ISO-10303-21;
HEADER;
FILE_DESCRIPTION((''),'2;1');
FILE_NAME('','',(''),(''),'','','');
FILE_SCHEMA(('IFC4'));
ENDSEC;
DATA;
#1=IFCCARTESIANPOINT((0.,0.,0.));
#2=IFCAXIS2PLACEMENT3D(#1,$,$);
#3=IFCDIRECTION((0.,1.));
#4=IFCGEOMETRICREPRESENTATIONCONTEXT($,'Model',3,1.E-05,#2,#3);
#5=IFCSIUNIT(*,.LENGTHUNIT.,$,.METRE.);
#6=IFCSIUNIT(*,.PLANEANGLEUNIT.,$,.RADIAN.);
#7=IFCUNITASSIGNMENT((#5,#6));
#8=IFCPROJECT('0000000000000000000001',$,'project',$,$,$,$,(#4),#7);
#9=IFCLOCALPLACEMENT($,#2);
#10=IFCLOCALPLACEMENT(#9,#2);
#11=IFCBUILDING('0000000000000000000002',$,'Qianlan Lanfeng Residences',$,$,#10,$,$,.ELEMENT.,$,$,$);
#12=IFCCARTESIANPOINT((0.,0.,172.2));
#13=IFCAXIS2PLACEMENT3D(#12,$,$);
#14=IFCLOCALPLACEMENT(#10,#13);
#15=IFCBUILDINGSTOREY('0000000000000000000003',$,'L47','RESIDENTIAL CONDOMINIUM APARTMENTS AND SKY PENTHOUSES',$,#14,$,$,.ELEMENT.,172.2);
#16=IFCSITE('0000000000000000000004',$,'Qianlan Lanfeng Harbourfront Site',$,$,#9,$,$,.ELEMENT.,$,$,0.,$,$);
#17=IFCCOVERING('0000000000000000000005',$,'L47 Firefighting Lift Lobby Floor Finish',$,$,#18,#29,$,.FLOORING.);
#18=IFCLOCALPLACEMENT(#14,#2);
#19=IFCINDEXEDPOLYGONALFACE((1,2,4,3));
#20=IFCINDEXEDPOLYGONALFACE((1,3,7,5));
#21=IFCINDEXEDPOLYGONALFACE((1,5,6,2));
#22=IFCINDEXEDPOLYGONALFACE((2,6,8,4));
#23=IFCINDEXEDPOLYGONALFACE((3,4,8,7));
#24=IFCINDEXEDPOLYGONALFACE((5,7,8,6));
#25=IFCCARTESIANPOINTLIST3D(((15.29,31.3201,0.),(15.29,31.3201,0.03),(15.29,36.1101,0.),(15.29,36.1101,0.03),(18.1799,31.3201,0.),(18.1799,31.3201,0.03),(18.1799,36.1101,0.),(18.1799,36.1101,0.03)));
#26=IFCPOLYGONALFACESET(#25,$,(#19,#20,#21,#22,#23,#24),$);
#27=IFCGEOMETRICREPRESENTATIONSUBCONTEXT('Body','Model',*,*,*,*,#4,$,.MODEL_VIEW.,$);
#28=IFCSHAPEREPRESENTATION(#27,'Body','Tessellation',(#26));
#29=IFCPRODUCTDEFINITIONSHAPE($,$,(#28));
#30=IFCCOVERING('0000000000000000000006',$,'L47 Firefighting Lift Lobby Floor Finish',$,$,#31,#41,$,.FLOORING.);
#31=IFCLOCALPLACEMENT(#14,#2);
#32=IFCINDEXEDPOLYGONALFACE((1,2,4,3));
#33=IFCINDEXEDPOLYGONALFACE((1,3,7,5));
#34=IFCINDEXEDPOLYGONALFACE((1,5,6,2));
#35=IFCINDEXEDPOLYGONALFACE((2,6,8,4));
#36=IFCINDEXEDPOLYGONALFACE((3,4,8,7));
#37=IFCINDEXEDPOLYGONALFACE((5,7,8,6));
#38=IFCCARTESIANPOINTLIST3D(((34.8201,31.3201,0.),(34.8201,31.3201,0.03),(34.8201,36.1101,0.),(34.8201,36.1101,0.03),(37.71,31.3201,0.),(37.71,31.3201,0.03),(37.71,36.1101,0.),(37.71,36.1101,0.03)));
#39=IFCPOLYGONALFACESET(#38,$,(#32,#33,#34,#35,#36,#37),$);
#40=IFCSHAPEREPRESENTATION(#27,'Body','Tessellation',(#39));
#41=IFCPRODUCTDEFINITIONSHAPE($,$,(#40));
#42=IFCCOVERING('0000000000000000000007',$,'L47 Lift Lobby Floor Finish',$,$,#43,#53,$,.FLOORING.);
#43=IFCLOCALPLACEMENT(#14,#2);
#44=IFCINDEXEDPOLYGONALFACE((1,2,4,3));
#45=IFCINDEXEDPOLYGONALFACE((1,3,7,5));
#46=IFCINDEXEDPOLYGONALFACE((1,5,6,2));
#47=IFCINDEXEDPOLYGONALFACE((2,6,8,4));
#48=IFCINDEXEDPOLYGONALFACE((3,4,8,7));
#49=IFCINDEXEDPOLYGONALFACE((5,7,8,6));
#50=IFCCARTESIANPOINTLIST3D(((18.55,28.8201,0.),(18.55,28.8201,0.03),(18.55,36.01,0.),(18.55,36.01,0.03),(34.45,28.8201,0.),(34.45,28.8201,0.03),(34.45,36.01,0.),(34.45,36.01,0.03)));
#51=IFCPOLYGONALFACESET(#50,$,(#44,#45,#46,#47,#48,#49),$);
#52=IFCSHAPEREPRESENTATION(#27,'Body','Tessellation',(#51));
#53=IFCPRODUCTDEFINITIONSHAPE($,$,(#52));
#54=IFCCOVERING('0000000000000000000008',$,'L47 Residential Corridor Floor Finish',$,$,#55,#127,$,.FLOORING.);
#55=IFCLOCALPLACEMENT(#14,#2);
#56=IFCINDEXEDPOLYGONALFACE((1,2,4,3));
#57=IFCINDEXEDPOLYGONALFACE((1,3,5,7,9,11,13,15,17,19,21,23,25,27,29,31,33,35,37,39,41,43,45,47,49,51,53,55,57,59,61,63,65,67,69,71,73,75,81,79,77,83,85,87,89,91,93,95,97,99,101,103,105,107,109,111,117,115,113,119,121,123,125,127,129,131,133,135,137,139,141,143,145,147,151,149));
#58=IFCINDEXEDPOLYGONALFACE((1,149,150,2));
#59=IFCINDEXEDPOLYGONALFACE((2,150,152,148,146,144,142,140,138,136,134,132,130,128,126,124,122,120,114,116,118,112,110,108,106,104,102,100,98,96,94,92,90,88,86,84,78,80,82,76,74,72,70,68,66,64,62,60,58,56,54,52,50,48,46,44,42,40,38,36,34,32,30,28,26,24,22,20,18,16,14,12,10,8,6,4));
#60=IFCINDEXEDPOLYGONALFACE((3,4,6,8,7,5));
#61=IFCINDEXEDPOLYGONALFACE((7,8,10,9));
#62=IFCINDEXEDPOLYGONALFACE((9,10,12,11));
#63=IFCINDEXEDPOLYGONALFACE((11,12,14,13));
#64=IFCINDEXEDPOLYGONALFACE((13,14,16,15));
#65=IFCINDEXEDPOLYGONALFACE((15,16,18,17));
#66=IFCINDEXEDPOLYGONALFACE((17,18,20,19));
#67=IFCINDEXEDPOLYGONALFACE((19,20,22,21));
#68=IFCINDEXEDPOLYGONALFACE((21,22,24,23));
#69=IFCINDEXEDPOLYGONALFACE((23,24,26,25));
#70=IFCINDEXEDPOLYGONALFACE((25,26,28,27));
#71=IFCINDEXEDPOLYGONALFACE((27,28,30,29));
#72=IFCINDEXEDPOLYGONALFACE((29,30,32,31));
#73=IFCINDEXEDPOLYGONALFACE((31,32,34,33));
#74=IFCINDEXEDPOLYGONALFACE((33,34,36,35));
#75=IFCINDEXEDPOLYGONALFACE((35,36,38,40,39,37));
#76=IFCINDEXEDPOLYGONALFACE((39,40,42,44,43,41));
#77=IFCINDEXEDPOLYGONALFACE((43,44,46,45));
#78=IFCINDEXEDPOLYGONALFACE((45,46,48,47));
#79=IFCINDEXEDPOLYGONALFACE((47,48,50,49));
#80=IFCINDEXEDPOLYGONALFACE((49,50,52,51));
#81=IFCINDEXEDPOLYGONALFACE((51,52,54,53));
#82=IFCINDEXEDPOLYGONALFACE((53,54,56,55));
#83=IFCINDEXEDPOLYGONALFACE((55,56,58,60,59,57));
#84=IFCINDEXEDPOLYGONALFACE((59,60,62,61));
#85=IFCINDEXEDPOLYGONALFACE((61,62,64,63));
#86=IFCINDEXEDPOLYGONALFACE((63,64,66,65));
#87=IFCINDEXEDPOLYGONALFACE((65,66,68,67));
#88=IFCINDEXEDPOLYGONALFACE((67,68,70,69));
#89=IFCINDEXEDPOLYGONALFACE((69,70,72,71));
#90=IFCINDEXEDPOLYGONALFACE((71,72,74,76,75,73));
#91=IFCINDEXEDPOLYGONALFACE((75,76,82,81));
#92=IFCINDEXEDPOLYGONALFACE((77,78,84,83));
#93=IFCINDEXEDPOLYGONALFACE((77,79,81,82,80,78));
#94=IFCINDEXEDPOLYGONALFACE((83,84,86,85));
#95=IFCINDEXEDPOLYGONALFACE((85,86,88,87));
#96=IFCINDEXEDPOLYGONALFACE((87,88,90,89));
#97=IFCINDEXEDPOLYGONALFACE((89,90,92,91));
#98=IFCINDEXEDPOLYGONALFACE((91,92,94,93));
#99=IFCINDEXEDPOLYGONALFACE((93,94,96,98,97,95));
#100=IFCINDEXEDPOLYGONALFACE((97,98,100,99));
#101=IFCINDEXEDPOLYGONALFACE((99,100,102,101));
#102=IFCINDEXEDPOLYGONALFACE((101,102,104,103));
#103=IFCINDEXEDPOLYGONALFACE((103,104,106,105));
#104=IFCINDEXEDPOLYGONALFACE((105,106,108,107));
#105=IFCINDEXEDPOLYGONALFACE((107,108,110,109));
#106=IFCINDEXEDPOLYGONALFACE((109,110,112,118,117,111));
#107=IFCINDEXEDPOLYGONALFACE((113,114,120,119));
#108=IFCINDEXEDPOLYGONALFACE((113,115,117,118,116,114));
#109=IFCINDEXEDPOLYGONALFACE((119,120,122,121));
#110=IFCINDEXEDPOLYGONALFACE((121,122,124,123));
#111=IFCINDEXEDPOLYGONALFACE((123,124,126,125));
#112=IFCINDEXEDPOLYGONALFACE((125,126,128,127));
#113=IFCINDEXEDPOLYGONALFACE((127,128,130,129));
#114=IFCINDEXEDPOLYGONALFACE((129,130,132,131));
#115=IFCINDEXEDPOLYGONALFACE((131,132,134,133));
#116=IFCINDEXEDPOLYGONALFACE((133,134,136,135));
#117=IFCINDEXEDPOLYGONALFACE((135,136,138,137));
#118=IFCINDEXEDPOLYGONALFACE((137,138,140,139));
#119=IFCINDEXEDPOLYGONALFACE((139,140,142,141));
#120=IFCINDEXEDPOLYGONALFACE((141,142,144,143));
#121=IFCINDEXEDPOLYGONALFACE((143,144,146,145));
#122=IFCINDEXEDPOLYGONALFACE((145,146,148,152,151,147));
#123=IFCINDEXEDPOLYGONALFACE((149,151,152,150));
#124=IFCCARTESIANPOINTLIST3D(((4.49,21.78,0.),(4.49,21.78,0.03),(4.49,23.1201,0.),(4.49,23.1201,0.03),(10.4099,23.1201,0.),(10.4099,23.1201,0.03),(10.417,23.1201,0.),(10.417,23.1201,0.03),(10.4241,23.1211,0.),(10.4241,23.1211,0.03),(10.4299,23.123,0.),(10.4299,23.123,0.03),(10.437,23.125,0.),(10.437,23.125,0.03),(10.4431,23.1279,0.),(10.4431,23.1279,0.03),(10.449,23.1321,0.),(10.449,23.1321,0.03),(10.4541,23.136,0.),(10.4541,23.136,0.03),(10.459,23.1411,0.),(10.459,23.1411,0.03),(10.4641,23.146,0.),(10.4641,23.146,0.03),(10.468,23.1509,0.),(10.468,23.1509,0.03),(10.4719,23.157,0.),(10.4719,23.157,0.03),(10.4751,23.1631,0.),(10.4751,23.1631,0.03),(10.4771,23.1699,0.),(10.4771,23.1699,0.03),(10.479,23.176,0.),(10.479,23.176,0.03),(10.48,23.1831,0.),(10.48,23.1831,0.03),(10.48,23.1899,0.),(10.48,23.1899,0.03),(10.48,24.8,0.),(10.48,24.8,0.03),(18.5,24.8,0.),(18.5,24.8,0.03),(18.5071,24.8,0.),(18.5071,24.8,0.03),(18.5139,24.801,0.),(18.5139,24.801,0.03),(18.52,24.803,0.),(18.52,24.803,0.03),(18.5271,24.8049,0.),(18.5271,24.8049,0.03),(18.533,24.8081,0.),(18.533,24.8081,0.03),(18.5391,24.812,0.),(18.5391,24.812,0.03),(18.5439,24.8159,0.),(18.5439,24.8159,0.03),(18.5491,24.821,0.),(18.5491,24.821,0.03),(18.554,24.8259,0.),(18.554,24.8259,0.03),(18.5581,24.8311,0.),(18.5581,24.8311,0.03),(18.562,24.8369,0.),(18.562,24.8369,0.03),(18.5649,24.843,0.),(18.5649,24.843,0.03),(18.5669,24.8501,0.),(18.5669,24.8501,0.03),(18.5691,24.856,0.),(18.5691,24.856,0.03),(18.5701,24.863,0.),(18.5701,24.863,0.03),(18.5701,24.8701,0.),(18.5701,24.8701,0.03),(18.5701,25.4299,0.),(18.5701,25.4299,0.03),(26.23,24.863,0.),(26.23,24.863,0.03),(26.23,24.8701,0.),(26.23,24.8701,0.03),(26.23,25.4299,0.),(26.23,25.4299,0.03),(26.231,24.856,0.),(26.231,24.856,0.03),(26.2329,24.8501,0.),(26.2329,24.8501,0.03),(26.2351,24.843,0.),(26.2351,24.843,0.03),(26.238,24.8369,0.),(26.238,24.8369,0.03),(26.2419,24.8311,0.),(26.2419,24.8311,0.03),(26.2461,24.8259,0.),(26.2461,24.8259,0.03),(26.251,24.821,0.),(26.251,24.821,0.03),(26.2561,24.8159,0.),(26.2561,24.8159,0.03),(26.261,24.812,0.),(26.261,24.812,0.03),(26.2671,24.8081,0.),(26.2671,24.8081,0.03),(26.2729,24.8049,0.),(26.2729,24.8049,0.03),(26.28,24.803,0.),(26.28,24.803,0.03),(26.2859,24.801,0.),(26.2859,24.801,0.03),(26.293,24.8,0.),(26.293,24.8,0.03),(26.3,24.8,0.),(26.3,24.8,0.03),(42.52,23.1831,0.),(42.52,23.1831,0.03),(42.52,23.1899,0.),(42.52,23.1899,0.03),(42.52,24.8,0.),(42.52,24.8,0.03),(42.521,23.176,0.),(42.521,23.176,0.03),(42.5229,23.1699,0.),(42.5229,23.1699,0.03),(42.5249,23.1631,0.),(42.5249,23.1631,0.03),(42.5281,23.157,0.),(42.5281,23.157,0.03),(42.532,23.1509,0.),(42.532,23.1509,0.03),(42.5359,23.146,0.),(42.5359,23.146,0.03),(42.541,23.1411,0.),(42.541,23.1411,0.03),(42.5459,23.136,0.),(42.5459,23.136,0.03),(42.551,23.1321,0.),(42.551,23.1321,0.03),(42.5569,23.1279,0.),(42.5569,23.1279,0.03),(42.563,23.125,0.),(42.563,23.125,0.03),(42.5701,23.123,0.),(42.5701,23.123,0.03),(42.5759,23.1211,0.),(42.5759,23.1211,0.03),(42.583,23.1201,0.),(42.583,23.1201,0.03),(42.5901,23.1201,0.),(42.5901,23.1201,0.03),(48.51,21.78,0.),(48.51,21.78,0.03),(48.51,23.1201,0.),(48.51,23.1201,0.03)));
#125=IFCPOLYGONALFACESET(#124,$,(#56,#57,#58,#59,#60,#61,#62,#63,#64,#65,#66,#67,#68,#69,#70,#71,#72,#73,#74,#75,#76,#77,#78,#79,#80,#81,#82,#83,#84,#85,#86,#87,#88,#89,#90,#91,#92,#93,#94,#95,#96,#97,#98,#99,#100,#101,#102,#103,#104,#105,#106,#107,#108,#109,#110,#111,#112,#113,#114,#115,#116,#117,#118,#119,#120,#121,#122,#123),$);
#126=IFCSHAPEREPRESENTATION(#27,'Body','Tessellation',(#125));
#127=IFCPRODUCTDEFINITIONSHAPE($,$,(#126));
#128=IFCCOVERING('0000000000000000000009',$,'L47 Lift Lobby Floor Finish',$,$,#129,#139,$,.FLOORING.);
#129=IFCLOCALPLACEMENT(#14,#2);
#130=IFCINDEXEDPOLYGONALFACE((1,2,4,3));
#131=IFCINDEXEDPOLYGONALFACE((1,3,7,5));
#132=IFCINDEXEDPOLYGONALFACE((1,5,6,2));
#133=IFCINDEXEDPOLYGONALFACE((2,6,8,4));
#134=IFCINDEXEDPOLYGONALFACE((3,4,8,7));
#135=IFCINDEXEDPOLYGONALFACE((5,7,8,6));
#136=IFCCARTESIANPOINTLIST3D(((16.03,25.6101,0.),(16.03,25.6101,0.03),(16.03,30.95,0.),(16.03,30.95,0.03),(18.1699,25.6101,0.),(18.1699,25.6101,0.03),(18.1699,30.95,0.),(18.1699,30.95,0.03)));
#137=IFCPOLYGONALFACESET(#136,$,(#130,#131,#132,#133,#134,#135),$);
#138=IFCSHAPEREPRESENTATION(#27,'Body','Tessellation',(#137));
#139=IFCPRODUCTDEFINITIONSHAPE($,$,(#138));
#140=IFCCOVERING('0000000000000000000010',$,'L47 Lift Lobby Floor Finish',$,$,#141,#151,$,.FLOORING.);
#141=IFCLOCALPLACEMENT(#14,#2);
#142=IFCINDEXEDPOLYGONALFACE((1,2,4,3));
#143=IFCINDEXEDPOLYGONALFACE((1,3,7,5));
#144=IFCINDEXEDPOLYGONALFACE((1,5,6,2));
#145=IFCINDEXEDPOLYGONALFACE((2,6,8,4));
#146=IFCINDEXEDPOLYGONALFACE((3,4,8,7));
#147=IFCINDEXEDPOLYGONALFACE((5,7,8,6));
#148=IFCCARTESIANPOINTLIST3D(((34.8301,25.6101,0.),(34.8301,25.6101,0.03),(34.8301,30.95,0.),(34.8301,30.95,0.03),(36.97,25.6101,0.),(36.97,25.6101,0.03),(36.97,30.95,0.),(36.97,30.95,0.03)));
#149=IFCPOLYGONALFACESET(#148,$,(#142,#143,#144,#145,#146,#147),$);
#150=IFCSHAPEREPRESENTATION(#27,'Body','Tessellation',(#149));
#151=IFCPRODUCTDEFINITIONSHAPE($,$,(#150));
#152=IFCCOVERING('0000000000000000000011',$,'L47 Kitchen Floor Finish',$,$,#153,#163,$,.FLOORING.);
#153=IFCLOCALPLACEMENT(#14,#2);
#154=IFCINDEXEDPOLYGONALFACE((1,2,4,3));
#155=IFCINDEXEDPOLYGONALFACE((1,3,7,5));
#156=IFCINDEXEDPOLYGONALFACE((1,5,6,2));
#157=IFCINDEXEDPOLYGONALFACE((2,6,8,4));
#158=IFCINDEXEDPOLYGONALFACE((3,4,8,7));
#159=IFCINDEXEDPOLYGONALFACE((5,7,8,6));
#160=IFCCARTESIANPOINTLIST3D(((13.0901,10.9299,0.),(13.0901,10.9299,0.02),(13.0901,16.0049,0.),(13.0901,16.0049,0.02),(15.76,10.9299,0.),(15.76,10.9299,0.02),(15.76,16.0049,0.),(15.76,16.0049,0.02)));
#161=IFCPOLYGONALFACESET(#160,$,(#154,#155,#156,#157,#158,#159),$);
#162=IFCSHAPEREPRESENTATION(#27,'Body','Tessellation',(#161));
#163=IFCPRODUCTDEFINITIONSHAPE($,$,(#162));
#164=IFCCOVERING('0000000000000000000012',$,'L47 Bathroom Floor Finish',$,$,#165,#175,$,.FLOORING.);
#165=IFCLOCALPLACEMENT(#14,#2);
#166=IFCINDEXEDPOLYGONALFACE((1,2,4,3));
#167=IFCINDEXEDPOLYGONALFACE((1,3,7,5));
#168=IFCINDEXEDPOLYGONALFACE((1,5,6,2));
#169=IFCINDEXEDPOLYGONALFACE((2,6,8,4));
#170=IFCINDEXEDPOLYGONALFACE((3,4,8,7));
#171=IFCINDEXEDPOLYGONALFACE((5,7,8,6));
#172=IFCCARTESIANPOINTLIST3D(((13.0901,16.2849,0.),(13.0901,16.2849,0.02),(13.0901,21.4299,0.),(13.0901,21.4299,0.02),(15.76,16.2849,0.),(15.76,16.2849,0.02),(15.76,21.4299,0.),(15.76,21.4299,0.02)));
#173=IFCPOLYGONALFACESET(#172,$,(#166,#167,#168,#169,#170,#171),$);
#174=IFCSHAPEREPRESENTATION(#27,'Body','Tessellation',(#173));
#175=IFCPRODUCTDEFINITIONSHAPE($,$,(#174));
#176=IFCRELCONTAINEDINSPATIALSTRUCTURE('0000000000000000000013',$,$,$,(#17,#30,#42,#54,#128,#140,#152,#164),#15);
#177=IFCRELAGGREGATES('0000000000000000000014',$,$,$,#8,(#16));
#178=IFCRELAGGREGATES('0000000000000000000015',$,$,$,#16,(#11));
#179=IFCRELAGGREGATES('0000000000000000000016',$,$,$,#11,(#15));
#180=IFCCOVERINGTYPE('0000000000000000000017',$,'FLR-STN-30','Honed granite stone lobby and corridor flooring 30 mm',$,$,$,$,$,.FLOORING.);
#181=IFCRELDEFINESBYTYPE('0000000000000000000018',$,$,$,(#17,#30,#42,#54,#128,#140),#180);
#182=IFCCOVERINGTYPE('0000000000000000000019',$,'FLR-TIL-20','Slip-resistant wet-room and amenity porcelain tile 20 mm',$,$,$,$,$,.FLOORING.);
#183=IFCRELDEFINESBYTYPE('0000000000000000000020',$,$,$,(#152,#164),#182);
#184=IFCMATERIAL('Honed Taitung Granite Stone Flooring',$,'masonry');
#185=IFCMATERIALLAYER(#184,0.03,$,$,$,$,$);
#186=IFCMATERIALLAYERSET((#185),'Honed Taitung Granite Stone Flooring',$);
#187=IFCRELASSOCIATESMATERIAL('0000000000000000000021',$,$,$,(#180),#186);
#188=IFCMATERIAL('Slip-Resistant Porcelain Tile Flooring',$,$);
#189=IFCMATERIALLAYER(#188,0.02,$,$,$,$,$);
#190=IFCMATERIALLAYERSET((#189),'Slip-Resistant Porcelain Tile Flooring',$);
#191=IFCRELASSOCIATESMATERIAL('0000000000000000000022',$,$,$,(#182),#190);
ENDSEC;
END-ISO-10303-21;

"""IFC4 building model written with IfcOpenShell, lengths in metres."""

from ifc_helpers import new_model, si_unit, direction, frame, origin, place, context, subcontext, project, spatial, polyline, outline, extrude, material, layer, layer_set, type_object, element, save


model = new_model("IFC4")

# Units and contexts
model_context = context("Model", 3, precision=1e-05, world=origin(), true_north=direction((0.0, 1.0)))
body_context = subcontext(model_context, "Body", "Model", "MODEL_VIEW")
ifc_project = project(units=[si_unit("LENGTHUNIT", "METRE"), si_unit("PLANEANGLEUNIT", "RADIAN")], contexts=[model_context])

# Site, building, storey
site_placement = place(None, origin())
site = spatial("IfcSite", under=ifc_project, at=site_placement, Name="Qianlan Lanfeng Harbourfront Site", CompositionType="ELEMENT", RefElevation=0.0)
building_placement = place(site_placement, origin())
building = spatial("IfcBuilding", under=site, at=building_placement, Name="Qianlan Lanfeng Residences", CompositionType="ELEMENT")
storey_placement = place(building_placement, frame((0.0, 0.0, 172.2)))
storey = spatial("IfcBuildingStorey", under=building, at=storey_placement, Name="L47", Description="RESIDENTIAL CONDOMINIUM APARTMENTS AND SKY PENTHOUSES", CompositionType="ELEMENT", Elevation=172.2)

# Coverings
ifc_material_1 = material(Name="Honed Taitung Granite Stone Flooring", Category="masonry")
ifc_layer_1 = layer(ifc_material_1, 0.03)
ifc_layer_set_1 = layer_set([ifc_layer_1], Name="Honed Taitung Granite Stone Flooring")
covering_type_1 = type_object("IfcCoveringType", Name="FLR-STN-30", Description="Honed granite stone lobby and corridor flooring 30 mm", PredefinedType="FLOORING", material=ifc_layer_set_1)
covering_1_placement = place(storey_placement, origin())
element("IfcCovering", 1, at=covering_1_placement, inside=storey, type_object=covering_type_1, Name="L47 Firefighting Lift Lobby Floor Finish", PredefinedType="FLOORING", context=body_context, shape_type="SweptSolid", body=[
    extrude(outline(polyline([(15.29, 31.3201), (18.1799, 31.3201), (18.1799, 36.1101), (15.29, 36.1101), (15.29, 31.3201)])), origin(), (0.0, 0.0, 1.0), 0.03),
])
covering_2_placement = place(storey_placement, origin())
element("IfcCovering", 2, at=covering_2_placement, inside=storey, type_object=covering_type_1, Name="L47 Firefighting Lift Lobby Floor Finish", PredefinedType="FLOORING", context=body_context, shape_type="SweptSolid", body=[
    extrude(outline(polyline([(34.8201, 31.3201), (37.71, 31.3201), (37.71, 36.1101), (34.8201, 36.1101), (34.8201, 31.3201)])), origin(), (0.0, 0.0, 1.0), 0.03),
])
covering_3_placement = place(storey_placement, origin())
element("IfcCovering", 3, at=covering_3_placement, inside=storey, type_object=covering_type_1, Name="L47 Lift Lobby Floor Finish", PredefinedType="FLOORING", context=body_context, shape_type="SweptSolid", body=[
    extrude(outline(polyline([(18.55, 28.8201), (34.45, 28.8201), (34.45, 36.01), (18.55, 36.01), (18.55, 28.8201)])), origin(), (0.0, 0.0, 1.0), 0.03),
])
covering_4_placement = place(storey_placement, origin())
element("IfcCovering", 4, at=covering_4_placement, inside=storey, type_object=covering_type_1, Name="L47 Residential Corridor Floor Finish", PredefinedType="FLOORING", context=body_context, shape_type="SweptSolid", body=[
    extrude(outline(polyline([(4.49, 21.78), (48.51, 21.78), (48.51, 23.1201), (42.5901, 23.1201), (42.583, 23.1201), (42.5759, 23.1211), (42.5701, 23.123), (42.563, 23.125), (42.5569, 23.1279), (42.551, 23.1321), (42.5459, 23.136), (42.541, 23.1411), (42.5359, 23.146), (42.532, 23.1509), (42.5281, 23.157), (42.5249, 23.1631), (42.5229, 23.1699), (42.521, 23.176), (42.52, 23.1831), (42.52, 23.1899), (42.52, 24.8), (26.3, 24.8), (26.293, 24.8), (26.2859, 24.801), (26.28, 24.803), (26.2729, 24.8049), (26.2671, 24.8081), (26.261, 24.812), (26.2561, 24.8159), (26.251, 24.821), (26.2461, 24.8259), (26.2419, 24.8311), (26.238, 24.8369), (26.2351, 24.843), (26.2329, 24.8501), (26.231, 24.856), (26.23, 24.863), (26.23, 24.8701), (26.23, 25.4299), (18.5701, 25.4299), (18.5701, 24.8701), (18.5701, 24.863), (18.5691, 24.856), (18.5669, 24.8501), (18.5649, 24.843), (18.562, 24.8369), (18.5581, 24.8311), (18.554, 24.8259), (18.5491, 24.821), (18.5439, 24.8159), (18.5391, 24.812), (18.533, 24.8081), (18.5271, 24.8049), (18.52, 24.803), (18.5139, 24.801), (18.5071, 24.8), (18.5, 24.8), (10.48, 24.8), (10.48, 23.1899), (10.48, 23.1831), (10.479, 23.176), (10.4771, 23.1699), (10.4751, 23.1631), (10.4719, 23.157), (10.468, 23.1509), (10.4641, 23.146), (10.459, 23.1411), (10.4541, 23.136), (10.449, 23.1321), (10.4431, 23.1279), (10.437, 23.125), (10.4299, 23.123), (10.4241, 23.1211), (10.417, 23.1201), (10.4099, 23.1201), (4.49, 23.1201), (4.49, 21.78)])), origin(), (0.0, 0.0, 1.0), 0.03),
])
covering_5_placement = place(storey_placement, origin())
element("IfcCovering", 5, at=covering_5_placement, inside=storey, type_object=covering_type_1, Name="L47 Lift Lobby Floor Finish", PredefinedType="FLOORING", context=body_context, shape_type="SweptSolid", body=[
    extrude(outline(polyline([(16.03, 25.6101), (18.1699, 25.6101), (18.1699, 30.95), (16.03, 30.95), (16.03, 25.6101)])), origin(), (0.0, 0.0, 1.0), 0.03),
])
covering_6_placement = place(storey_placement, origin())
element("IfcCovering", 6, at=covering_6_placement, inside=storey, type_object=covering_type_1, Name="L47 Lift Lobby Floor Finish", PredefinedType="FLOORING", context=body_context, shape_type="SweptSolid", body=[
    extrude(outline(polyline([(34.8301, 25.6101), (36.97, 25.6101), (36.97, 30.95), (34.8301, 30.95), (34.8301, 25.6101)])), origin(), (0.0, 0.0, 1.0), 0.03),
])
ifc_material_2 = material(Name="Slip-Resistant Porcelain Tile Flooring")
ifc_layer_2 = layer(ifc_material_2, 0.02)
ifc_layer_set_2 = layer_set([ifc_layer_2], Name="Slip-Resistant Porcelain Tile Flooring")
covering_type_2 = type_object("IfcCoveringType", Name="FLR-TIL-20", Description="Slip-resistant wet-room and amenity porcelain tile 20 mm", PredefinedType="FLOORING", material=ifc_layer_set_2)
covering_7_placement = place(storey_placement, origin())
element("IfcCovering", 7, at=covering_7_placement, inside=storey, type_object=covering_type_2, Name="L47 Kitchen Floor Finish", PredefinedType="FLOORING", context=body_context, shape_type="SweptSolid", body=[
    extrude(outline(polyline([(13.0901, 10.9299), (15.76, 10.9299), (15.76, 16.0049), (13.0901, 16.0049), (13.0901, 10.9299)])), origin(), (0.0, 0.0, 1.0), 0.02),
])
covering_8_placement = place(storey_placement, origin())
element("IfcCovering", 8, at=covering_8_placement, inside=storey, type_object=covering_type_2, Name="L47 Bathroom Floor Finish", PredefinedType="FLOORING", context=body_context, shape_type="SweptSolid", body=[
    extrude(outline(polyline([(13.0901, 16.2849), (15.76, 16.2849), (15.76, 21.4299), (13.0901, 21.4299), (13.0901, 16.2849)])), origin(), (0.0, 0.0, 1.0), 0.02),
])

save(model, "model.ifc")
